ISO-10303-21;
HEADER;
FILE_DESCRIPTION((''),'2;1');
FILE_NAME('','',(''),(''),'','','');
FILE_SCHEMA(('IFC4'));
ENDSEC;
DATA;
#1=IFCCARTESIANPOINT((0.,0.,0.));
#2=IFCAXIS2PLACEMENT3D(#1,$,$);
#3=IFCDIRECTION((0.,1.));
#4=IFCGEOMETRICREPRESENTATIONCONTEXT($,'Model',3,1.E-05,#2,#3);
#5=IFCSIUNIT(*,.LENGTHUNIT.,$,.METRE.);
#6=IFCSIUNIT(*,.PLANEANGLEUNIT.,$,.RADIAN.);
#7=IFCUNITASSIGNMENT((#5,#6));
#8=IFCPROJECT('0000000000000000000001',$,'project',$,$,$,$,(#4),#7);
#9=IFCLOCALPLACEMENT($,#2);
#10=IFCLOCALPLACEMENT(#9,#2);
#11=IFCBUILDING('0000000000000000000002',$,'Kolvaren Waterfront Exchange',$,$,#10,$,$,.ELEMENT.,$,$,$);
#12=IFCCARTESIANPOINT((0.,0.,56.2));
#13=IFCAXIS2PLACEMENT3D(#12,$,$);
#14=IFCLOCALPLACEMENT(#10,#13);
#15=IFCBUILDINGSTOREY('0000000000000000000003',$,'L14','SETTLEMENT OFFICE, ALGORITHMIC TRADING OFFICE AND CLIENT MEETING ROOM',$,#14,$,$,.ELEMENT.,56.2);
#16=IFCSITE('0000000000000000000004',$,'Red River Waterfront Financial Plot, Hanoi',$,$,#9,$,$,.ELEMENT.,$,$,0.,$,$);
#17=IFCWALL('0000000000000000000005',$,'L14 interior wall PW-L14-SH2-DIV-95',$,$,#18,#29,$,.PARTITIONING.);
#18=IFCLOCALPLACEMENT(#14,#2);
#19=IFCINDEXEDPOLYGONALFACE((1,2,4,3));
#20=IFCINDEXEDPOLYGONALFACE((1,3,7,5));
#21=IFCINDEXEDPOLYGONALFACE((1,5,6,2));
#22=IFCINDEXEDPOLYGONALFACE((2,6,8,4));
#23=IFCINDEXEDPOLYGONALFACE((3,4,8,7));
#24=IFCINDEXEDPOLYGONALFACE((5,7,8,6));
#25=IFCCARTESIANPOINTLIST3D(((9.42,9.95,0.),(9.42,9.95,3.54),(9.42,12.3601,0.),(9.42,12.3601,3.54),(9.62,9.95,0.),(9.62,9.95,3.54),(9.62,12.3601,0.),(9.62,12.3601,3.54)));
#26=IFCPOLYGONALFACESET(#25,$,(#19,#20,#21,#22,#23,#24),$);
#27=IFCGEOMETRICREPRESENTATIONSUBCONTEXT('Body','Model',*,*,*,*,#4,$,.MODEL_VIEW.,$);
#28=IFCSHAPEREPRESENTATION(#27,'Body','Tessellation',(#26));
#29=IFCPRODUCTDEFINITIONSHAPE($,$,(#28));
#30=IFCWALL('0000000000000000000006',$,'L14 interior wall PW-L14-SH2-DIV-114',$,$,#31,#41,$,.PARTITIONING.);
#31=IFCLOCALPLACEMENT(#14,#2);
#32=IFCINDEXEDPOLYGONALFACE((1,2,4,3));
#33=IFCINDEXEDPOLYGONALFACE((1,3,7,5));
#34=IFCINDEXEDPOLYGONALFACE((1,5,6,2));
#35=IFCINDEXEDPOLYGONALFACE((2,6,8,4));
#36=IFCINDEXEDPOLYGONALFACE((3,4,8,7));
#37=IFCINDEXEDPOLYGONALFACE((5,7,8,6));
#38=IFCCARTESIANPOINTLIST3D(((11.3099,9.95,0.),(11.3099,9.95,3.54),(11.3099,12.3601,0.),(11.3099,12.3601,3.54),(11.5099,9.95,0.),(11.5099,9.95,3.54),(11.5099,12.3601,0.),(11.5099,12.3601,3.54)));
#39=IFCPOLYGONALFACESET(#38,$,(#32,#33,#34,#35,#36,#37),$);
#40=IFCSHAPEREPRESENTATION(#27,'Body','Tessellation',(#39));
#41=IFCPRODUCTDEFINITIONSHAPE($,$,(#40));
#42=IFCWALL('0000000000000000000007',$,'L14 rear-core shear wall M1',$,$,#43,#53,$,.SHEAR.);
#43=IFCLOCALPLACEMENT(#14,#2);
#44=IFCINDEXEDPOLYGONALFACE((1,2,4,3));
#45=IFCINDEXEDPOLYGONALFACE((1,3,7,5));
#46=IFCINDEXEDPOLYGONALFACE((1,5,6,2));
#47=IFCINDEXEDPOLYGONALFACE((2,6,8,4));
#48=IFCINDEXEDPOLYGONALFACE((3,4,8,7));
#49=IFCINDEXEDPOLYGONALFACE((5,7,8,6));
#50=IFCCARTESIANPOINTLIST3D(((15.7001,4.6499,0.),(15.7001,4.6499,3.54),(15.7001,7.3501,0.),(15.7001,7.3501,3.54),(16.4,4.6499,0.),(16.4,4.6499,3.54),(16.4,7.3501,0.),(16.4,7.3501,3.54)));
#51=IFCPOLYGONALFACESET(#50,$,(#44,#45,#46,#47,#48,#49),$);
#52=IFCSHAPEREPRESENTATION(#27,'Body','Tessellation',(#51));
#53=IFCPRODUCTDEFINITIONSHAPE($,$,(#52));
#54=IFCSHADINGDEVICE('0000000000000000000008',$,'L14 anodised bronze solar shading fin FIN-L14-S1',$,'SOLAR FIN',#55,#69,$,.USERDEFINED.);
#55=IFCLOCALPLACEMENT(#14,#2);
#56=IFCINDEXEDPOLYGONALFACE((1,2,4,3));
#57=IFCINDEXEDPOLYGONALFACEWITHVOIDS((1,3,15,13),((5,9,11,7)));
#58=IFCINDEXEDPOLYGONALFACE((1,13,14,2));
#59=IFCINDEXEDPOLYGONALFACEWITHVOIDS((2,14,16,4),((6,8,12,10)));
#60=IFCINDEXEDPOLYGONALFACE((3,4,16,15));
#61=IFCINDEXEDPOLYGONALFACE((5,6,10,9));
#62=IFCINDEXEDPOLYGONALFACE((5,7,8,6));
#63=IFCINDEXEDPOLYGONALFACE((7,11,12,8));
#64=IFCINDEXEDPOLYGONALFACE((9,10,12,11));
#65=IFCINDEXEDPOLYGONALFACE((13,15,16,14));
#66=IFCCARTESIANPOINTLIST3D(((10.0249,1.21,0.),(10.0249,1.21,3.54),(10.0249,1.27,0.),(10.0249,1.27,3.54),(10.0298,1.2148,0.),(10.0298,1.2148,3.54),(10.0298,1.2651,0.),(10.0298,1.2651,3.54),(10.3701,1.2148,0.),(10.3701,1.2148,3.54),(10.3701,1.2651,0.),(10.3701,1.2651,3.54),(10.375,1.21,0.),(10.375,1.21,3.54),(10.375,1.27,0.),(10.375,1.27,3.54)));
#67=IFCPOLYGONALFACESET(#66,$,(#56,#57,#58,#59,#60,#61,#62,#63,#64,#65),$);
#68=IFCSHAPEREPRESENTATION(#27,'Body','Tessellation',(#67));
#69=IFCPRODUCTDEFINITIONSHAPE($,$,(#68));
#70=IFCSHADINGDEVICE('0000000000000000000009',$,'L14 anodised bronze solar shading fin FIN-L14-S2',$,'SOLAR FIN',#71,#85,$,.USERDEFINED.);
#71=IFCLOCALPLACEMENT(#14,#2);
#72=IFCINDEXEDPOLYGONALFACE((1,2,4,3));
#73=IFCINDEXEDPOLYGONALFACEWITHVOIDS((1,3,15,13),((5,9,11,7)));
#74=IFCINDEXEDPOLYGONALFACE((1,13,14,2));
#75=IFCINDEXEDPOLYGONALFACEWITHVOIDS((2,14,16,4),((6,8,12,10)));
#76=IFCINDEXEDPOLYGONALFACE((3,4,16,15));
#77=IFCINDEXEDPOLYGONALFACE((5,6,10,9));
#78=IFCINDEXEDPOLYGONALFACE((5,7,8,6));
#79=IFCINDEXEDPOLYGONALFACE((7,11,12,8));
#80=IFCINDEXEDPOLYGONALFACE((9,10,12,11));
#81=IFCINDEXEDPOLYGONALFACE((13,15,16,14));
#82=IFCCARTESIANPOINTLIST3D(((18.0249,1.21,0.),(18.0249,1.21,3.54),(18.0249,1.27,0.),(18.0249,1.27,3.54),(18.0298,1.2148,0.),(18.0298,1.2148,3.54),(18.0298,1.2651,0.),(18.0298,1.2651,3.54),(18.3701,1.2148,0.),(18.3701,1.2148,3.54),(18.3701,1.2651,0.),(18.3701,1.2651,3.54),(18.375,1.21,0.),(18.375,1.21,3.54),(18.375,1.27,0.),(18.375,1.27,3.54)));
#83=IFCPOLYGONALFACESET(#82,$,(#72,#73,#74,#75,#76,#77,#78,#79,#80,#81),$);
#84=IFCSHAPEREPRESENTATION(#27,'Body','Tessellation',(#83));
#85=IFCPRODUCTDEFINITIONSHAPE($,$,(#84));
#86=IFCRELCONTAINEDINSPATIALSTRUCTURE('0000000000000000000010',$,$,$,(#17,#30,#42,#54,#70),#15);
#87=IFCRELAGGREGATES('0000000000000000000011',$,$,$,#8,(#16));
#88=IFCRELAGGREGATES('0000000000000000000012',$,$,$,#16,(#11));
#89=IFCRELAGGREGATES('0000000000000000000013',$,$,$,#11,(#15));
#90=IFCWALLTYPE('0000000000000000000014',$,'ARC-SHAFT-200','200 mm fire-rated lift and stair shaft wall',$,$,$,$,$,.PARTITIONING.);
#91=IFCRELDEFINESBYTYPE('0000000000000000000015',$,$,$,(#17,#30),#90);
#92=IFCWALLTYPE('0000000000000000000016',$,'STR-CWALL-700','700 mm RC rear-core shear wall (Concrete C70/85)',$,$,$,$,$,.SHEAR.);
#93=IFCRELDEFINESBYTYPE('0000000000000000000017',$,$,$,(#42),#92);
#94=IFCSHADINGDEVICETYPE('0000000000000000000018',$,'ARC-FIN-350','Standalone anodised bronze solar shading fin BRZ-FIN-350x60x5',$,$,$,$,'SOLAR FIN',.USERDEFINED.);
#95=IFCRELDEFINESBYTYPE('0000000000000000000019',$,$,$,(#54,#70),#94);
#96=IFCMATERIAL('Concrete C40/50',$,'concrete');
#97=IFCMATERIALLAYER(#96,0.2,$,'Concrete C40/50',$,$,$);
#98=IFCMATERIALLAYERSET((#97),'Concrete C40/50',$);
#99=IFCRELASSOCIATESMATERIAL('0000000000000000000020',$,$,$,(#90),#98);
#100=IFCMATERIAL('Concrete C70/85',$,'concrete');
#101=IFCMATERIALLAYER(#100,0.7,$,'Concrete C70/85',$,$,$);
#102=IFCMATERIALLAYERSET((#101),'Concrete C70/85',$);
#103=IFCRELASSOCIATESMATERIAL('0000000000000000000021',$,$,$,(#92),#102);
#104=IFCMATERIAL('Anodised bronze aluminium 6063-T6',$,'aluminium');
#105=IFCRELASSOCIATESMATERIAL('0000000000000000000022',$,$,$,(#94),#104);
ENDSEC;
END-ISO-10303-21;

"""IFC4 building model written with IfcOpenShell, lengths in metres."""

from ifc_helpers import new_model, si_unit, direction, frame, frame_2d, origin, origin_2d, place, context, subcontext, project, spatial, rectangle, hollow_rectangle, extrude, material, layer, layer_set, material_profile, profile_set, type_object, element, save


model = new_model("IFC4")

# Units and contexts
model_context = context("Model", 3, precision=1e-05, world=origin(), true_north=direction((0.0, 1.0)))
body_context = subcontext(model_context, "Body", "Model", "MODEL_VIEW")
ifc_project = project(units=[si_unit("LENGTHUNIT", "METRE"), si_unit("PLANEANGLEUNIT", "RADIAN")], contexts=[model_context])

# Site, building, storey
site_placement = place(None, origin())
site = spatial("IfcSite", under=ifc_project, at=site_placement, Name="Red River Waterfront Financial Plot, Hanoi", CompositionType="ELEMENT", RefElevation=0.0)
building_placement = place(site_placement, origin())
building = spatial("IfcBuilding", under=site, at=building_placement, Name="Kolvaren Waterfront Exchange", CompositionType="ELEMENT")
storey_placement = place(building_placement, frame((0.0, 0.0, 56.2)))
storey = spatial("IfcBuildingStorey", under=building, at=storey_placement, Name="L14", Description="SETTLEMENT OFFICE, ALGORITHMIC TRADING OFFICE AND CLIENT MEETING ROOM", CompositionType="ELEMENT", Elevation=56.2)

# Shared definitions
ifc_material_1 = material(Name="Concrete C70/85", Category="concrete")

# Shared definitions
ifc_material_2 = material(Name="Anodised bronze aluminium 6063-T6", Category="aluminium")

# Walls
ifc_material_3 = material(Name="Concrete C40/50", Category="concrete")
ifc_layer_1 = layer(ifc_material_3, 0.2, Name="Concrete C40/50")
ifc_layer_set_1 = layer_set([ifc_layer_1], Name="Concrete C40/50")
wall_type_1 = type_object("IfcWallType", Name="ARC-SHAFT-200", Description="200 mm fire-rated lift and stair shaft wall", PredefinedType="PARTITIONING", material=ifc_layer_set_1)
for number, where, z_axis, x_axis, name in (
    (1, (9.52, 9.95, 0.0), (0.0, 0.0, 1.0), (0.0, 1.0, 0.0), "L14 interior wall PW-L14-SH2-DIV-95"),
    (2, (11.4099, 9.95, 0.0), (0.0, 0.0, 1.0), (0.0, 1.0, 0.0), "L14 interior wall PW-L14-SH2-DIV-114"),
):
    element("IfcWall", number, at=place(storey_placement, frame(where, z_axis=z_axis, x_axis=x_axis)), inside=storey, type_object=wall_type_1, Name=name, PredefinedType="PARTITIONING", context=body_context, shape_type="SweptSolid", body=[
        extrude(rectangle(XDim=2.4102, YDim=0.2, at=frame_2d((1.2051, 0.0))), origin(), (0.0, 0.0, 1.0), 3.54),
    ])
ifc_layer_2 = layer(ifc_material_1, 0.7, Name="Concrete C70/85")
ifc_layer_set_2 = layer_set([ifc_layer_2], Name="Concrete C70/85")
wall_type_2 = type_object("IfcWallType", Name="STR-CWALL-700", Description="700 mm RC rear-core shear wall (Concrete C70/85)", PredefinedType="SHEAR", material=ifc_layer_set_2)
wall_1_placement = place(storey_placement, frame((16.05, 4.6499, 0.0), z_axis=(0.0, 0.0, 1.0), x_axis=(0.0, 1.0, 0.0)))
element("IfcWall", 3, at=wall_1_placement, inside=storey, type_object=wall_type_2, Name="L14 rear-core shear wall M1", PredefinedType="SHEAR", context=body_context, shape_type="SweptSolid", body=[
    extrude(rectangle(XDim=2.7002, YDim=0.7, at=frame_2d((1.3501, 0.0))), origin(), (0.0, 0.0, 1.0), 3.54),
])

# Shading devices
ifc_material_profile_1 = material_profile(ifc_material_2, hollow_rectangle(XDim=0.0601, YDim=0.3501, WallThickness=0.0049, at=origin_2d()), Name="BRZ-FIN-350x60x5")
ifc_profile_set_1 = profile_set([ifc_material_profile_1], Name="Anodised bronze aluminium 6063-T6")
shading_device_type = type_object("IfcShadingDeviceType", Name="ARC-FIN-350", Description="Standalone anodised bronze solar shading fin BRZ-FIN-350x60x5", ElementType="SOLAR FIN", PredefinedType="USERDEFINED", material=ifc_profile_set_1)
for number, where, z_axis, x_axis, name in (
    (4, (10.2, 1.24, 0.0), (0.0, 0.0, 1.0), (0.0, -1.0, 0.0), "L14 anodised bronze solar shading fin FIN-L14-S1"),
    (5, (18.2, 1.24, 0.0), (0.0, 0.0, 1.0), (0.0, -1.0, 0.0), "L14 anodised bronze solar shading fin FIN-L14-S2"),
):
    element("IfcShadingDevice", number, at=place(storey_placement, frame(where, z_axis=z_axis, x_axis=x_axis)), inside=storey, type_object=shading_device_type, Name=name, ObjectType="SOLAR FIN", PredefinedType="USERDEFINED", context=body_context, shape_type="SweptSolid", body=[
        extrude(hollow_rectangle(XDim=0.0601, YDim=0.3501, WallThickness=0.0049, at=origin_2d()), origin(), (0.0, 0.0, 1.0), 3.54),
    ])

save(model, "model.ifc")
